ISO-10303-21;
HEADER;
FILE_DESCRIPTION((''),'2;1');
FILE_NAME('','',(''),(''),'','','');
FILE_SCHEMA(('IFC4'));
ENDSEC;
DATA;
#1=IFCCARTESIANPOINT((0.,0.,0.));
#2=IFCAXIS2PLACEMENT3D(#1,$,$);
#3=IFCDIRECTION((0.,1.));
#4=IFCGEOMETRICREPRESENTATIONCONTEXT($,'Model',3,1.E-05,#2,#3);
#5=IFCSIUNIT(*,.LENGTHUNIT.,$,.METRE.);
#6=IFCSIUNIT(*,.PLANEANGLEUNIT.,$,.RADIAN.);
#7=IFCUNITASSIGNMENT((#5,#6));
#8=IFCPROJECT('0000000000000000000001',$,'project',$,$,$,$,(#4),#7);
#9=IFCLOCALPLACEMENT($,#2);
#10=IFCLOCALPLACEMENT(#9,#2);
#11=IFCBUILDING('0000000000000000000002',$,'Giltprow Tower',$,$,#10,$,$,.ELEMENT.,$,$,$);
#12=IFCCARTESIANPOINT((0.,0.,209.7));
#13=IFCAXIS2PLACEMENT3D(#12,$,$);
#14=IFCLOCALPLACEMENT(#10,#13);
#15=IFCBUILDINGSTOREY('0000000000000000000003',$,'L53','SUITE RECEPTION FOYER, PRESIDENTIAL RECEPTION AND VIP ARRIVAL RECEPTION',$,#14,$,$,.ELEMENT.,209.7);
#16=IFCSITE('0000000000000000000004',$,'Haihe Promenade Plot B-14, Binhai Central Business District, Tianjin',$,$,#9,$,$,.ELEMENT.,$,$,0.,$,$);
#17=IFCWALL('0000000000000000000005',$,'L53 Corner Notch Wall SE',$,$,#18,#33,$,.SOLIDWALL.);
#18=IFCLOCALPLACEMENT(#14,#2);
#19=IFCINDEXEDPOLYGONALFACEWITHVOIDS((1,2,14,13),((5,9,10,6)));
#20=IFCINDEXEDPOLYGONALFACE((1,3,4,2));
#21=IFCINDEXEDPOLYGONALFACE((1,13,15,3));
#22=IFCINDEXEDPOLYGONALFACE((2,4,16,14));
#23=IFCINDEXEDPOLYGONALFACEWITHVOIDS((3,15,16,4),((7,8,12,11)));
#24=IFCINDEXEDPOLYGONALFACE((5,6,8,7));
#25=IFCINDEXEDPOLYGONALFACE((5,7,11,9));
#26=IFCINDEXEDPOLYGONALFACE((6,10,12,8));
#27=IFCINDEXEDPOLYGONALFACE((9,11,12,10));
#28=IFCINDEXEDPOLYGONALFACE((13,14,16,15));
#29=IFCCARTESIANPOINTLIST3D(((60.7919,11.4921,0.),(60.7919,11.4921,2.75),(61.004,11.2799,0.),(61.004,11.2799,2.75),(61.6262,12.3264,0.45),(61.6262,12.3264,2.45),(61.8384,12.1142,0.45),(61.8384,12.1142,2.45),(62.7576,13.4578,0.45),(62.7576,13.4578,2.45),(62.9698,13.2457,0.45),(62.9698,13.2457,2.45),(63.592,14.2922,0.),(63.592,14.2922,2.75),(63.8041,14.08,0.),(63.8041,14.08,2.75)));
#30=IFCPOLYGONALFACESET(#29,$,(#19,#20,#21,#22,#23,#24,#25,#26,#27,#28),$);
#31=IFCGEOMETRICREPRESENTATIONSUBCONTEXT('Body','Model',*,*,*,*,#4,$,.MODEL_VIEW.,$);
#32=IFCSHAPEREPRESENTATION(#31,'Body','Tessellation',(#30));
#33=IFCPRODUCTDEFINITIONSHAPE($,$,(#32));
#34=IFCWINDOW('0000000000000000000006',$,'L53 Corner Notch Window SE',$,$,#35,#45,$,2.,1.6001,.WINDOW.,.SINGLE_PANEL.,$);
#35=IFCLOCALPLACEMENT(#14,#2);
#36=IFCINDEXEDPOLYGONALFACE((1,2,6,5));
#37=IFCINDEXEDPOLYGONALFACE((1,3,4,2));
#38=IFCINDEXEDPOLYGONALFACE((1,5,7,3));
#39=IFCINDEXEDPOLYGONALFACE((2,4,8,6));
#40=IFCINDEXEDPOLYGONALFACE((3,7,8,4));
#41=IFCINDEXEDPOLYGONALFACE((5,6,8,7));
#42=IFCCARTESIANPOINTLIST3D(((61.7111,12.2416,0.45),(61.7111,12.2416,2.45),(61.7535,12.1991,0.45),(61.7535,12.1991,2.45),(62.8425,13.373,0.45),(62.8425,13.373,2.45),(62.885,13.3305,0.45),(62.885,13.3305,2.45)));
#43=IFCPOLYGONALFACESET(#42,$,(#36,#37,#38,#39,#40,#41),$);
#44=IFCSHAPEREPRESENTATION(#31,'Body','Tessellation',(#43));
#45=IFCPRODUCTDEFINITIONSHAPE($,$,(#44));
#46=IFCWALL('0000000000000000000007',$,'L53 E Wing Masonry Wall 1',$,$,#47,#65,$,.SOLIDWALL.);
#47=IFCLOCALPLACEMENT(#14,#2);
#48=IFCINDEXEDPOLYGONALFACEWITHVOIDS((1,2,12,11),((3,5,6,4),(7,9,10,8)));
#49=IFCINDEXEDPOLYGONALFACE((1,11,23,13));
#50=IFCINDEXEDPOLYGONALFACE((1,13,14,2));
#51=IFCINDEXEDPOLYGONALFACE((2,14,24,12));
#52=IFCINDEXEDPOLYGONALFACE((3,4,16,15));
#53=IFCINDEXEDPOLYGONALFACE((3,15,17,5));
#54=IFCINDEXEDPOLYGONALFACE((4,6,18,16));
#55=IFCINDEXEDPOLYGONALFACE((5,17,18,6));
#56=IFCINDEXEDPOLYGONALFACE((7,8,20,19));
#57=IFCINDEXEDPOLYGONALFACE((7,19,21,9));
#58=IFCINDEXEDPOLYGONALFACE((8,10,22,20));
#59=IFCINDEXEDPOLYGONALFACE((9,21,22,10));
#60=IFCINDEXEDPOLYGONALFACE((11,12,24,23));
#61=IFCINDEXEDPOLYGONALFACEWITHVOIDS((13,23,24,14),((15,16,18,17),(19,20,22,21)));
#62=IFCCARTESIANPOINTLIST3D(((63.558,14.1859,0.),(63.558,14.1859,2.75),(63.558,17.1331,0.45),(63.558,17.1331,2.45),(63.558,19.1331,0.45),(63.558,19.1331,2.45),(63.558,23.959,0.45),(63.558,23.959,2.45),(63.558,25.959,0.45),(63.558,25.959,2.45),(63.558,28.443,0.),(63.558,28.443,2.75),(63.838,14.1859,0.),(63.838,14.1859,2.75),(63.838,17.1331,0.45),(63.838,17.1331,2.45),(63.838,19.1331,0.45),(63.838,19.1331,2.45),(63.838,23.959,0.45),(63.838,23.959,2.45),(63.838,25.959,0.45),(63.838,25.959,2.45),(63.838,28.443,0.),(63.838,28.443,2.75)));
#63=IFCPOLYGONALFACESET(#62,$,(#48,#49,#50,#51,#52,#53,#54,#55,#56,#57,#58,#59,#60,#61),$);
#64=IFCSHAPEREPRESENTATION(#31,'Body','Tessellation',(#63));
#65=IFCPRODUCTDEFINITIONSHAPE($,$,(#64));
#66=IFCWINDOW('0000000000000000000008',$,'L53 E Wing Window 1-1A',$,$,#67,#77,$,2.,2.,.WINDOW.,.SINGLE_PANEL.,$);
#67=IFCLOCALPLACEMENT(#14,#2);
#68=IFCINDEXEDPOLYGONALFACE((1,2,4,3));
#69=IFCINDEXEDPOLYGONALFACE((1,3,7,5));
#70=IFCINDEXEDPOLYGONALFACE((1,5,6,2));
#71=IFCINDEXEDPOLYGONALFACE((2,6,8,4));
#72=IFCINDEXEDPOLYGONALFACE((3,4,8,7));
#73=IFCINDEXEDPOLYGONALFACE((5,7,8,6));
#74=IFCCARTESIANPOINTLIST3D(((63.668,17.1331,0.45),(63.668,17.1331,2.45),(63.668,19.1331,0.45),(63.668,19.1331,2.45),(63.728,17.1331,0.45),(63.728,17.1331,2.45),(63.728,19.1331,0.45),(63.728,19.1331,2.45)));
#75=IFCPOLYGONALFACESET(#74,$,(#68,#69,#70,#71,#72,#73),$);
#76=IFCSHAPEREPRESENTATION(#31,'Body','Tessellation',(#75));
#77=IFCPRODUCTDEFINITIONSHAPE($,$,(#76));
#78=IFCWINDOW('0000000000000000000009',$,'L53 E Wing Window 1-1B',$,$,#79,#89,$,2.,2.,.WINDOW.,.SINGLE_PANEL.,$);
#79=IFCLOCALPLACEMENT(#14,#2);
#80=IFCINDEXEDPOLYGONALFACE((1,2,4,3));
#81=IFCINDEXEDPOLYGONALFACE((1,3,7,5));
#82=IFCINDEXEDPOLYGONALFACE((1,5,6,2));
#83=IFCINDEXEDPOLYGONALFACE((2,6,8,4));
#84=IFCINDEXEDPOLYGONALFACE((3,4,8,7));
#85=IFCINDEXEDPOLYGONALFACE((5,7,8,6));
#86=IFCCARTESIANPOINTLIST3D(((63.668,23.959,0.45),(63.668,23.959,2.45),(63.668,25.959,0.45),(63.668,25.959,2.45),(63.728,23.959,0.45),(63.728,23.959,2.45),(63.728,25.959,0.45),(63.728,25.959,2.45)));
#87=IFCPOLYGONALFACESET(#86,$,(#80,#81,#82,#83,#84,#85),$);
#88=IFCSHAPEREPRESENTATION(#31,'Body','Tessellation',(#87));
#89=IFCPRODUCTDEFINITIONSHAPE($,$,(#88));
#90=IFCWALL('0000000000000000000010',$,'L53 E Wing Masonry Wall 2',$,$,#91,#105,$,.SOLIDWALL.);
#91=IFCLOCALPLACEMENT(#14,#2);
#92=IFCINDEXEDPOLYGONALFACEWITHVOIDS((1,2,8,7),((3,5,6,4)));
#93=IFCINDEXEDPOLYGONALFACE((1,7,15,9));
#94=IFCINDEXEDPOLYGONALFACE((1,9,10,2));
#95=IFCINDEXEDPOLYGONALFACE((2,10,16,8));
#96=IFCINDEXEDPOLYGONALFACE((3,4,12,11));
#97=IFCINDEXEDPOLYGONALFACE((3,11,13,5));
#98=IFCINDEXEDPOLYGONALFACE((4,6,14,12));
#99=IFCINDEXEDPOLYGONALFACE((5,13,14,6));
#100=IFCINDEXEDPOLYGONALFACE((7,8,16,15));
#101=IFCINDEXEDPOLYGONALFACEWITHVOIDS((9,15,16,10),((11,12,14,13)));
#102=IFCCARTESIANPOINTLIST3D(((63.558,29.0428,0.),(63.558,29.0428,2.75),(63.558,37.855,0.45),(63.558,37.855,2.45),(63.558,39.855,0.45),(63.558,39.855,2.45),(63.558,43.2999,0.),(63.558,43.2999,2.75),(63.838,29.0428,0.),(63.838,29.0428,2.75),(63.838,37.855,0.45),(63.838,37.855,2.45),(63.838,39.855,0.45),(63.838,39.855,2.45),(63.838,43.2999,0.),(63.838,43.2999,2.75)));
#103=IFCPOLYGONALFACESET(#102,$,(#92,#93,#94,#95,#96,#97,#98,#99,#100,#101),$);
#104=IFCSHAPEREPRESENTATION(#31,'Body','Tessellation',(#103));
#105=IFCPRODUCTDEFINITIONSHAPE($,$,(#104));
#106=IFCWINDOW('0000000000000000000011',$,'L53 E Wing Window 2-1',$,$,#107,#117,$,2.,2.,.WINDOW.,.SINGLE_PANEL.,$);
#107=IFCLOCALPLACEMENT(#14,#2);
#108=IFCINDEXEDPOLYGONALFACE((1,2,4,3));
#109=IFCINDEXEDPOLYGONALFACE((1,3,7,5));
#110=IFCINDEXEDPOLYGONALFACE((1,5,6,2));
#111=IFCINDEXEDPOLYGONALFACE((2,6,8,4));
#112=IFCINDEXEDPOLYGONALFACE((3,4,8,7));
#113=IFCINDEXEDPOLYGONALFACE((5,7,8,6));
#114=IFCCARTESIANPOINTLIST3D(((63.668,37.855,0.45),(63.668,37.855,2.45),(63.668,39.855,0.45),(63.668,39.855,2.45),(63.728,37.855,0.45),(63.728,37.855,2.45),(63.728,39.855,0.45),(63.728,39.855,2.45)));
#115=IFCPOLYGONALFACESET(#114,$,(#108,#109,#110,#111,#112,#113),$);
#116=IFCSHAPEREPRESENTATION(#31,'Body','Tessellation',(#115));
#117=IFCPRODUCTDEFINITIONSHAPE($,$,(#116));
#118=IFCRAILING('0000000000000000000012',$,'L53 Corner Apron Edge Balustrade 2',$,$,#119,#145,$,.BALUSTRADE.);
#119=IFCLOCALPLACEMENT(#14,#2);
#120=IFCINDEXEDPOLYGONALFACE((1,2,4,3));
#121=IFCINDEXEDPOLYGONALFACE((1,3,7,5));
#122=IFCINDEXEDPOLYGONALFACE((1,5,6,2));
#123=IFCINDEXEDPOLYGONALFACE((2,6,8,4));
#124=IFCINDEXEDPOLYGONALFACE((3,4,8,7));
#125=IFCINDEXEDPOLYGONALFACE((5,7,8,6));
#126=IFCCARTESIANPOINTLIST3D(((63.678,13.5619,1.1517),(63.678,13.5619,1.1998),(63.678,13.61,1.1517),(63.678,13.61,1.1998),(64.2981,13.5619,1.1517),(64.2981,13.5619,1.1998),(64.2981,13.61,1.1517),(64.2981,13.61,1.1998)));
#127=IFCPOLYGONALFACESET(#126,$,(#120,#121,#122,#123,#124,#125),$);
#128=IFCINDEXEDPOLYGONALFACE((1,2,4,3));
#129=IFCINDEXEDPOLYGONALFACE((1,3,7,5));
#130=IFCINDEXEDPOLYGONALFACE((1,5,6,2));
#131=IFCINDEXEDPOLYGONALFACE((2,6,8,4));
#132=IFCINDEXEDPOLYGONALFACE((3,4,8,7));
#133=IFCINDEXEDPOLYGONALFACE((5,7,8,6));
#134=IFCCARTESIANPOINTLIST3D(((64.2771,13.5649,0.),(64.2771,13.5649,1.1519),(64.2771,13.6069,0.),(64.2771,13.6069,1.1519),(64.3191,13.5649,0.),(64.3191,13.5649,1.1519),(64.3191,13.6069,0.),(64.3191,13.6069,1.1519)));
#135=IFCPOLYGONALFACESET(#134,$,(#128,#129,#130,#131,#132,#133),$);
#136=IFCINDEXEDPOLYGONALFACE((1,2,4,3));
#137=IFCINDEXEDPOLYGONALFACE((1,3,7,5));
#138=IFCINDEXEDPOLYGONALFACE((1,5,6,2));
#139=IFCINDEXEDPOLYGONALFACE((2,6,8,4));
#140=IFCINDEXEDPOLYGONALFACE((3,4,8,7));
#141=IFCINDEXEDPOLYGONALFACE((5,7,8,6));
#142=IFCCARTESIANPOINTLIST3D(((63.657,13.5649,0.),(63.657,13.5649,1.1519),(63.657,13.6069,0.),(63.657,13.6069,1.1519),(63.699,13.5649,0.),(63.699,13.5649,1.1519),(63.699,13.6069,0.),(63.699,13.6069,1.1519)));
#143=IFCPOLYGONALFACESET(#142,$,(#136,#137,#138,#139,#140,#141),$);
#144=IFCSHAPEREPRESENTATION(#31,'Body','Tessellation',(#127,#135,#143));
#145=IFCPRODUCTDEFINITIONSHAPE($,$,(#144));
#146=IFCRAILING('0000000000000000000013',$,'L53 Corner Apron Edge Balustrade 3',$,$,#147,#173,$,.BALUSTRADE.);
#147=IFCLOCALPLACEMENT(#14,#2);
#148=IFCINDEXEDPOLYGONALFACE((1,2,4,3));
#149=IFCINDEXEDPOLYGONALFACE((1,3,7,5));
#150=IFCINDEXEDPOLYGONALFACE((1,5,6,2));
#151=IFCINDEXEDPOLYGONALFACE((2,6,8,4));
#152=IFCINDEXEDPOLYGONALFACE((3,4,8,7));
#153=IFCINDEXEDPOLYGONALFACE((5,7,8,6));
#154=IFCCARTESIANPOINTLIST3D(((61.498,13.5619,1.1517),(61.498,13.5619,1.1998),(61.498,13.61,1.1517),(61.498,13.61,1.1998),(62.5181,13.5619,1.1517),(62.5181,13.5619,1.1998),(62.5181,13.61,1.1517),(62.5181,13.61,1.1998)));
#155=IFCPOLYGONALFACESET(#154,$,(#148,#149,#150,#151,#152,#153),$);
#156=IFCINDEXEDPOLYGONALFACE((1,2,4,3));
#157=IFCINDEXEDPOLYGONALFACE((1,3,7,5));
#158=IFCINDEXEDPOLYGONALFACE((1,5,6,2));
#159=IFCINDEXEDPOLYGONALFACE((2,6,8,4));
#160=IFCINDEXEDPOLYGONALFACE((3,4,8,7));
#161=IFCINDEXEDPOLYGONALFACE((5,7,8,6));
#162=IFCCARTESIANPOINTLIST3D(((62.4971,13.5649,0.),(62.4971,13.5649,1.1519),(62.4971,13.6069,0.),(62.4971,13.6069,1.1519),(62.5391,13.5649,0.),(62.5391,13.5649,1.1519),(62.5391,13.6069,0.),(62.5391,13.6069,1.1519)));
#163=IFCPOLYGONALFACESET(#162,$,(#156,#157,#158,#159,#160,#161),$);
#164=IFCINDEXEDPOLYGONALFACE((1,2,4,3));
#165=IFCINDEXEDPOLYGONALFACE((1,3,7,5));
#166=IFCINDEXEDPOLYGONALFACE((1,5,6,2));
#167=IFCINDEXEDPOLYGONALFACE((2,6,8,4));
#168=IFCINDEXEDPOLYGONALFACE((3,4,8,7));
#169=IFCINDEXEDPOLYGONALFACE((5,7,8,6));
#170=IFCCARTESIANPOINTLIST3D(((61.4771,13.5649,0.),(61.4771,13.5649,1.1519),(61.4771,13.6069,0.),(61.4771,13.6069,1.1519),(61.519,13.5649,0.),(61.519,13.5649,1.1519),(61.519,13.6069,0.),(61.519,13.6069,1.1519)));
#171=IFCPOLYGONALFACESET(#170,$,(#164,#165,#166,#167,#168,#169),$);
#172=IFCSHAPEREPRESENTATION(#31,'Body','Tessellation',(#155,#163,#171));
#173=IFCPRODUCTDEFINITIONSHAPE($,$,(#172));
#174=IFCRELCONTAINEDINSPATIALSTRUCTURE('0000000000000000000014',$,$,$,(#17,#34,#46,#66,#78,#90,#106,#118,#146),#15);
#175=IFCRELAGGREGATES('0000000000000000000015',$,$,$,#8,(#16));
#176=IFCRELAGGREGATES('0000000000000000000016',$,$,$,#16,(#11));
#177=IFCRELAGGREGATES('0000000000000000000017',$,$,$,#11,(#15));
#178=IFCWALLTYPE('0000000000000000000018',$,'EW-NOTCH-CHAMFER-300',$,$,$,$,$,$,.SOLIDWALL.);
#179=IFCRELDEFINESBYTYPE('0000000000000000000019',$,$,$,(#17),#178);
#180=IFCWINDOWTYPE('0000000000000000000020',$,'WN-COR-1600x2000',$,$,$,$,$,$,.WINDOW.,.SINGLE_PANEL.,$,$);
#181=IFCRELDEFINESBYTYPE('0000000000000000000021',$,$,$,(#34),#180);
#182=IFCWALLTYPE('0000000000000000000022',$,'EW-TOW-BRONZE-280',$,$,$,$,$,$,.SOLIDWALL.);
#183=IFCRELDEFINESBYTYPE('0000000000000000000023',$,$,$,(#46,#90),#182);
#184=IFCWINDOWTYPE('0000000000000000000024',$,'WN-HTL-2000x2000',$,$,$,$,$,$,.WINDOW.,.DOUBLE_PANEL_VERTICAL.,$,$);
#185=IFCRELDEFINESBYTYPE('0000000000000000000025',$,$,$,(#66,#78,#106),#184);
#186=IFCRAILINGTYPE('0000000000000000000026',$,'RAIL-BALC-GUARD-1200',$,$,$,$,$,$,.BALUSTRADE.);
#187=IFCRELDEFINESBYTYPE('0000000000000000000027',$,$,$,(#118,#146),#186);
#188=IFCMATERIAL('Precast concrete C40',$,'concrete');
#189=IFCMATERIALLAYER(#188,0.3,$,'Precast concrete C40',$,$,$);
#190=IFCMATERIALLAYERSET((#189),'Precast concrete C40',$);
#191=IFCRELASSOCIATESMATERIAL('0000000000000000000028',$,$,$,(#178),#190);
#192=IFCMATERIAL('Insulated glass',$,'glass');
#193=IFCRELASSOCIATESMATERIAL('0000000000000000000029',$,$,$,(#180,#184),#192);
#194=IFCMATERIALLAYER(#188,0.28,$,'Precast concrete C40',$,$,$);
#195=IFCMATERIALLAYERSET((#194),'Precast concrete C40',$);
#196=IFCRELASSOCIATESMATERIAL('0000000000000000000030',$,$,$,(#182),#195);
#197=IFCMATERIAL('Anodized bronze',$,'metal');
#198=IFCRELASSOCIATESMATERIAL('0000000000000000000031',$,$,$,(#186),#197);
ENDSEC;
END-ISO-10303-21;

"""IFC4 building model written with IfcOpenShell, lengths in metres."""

from ifc_helpers import new_model, si_unit, direction, frame, frame_2d, origin, origin_2d, place, context, subcontext, project, spatial, rectangle, extrude, source, transform, mapped, material, layer, layer_set, type_object, element, fill, save


model = new_model("IFC4")

# Units and contexts
model_context = context("Model", 3, precision=1e-05, world=origin(), true_north=direction((0.0, 1.0)))
body_context = subcontext(model_context, "Body", "Model", "MODEL_VIEW")
ifc_project = project(units=[si_unit("LENGTHUNIT", "METRE"), si_unit("PLANEANGLEUNIT", "RADIAN")], contexts=[model_context])

# Site, building, storey
site_placement = place(None, origin())
site = spatial("IfcSite", under=ifc_project, at=site_placement, Name="Haihe Promenade Plot B-14, Binhai Central Business District, Tianjin", CompositionType="ELEMENT", RefElevation=0.0)
building_placement = place(site_placement, origin())
building = spatial("IfcBuilding", under=site, at=building_placement, Name="Giltprow Tower", CompositionType="ELEMENT")
storey_placement = place(building_placement, frame((0.0, 0.0, 209.7)))
storey = spatial("IfcBuildingStorey", under=building, at=storey_placement, Name="L53", Description="SUITE RECEPTION FOYER, PRESIDENTIAL RECEPTION AND VIP ARRIVAL RECEPTION", CompositionType="ELEMENT", Elevation=209.7)

# Shared definitions
ifc_material_1 = material(Name="Anodized bronze", Category="metal")

# Shared definitions
ifc_material_2 = material(Name="Insulated glass", Category="glass")

# Wall, opening, window
ifc_material_3 = material(Name="Precast concrete C40", Category="concrete")
ifc_layer_1 = layer(ifc_material_3, 0.3, Name="Precast concrete C40")
ifc_layer_set_1 = layer_set([ifc_layer_1], Name="Precast concrete C40")
wall_type_1 = type_object("IfcWallType", Name="EW-NOTCH-CHAMFER-300", PredefinedType="SOLIDWALL", material=ifc_layer_set_1)
wall_1_placement = place(storey_placement, frame((60.8979, 11.386, 0.0), z_axis=(0.0, 0.0, 1.0), x_axis=(0.707107, 0.707107, 0.0)))
wall_1 = element("IfcWall", 1, at=wall_1_placement, inside=storey, type_object=wall_type_1, Name="L53 Corner Notch Wall SE", PredefinedType="SOLIDWALL", context=body_context, shape_type="SweptSolid", body=[
    extrude(rectangle(XDim=3.96, YDim=0.3, at=frame_2d((1.98, 0.0))), origin(), (0.0, 0.0, 1.0), 2.75),
])
opening_1_placement = place(wall_1_placement, frame((1.1799, 0.0, 0.45)))
opening_1 = element("IfcOpeningElement", 2, at=opening_1_placement, cuts=wall_1, PredefinedType="OPENING", context=body_context, shape_type="SweptSolid", body=[
    extrude(rectangle(XDim=1.6001, YDim=2.0, at=frame_2d((0.8, 1.0))), frame((0.0, 0.1599, 0.0), z_axis=(0.0, -1.0, 0.0), x_axis=(1.0, 0.0, 0.0)), (0.0, 0.0, 1.0), 0.3201),
])
window_type_1 = type_object("IfcWindowType", Name="WN-COR-1600x2000", PartitioningType="SINGLE_PANEL", PredefinedType="WINDOW", material=ifc_material_2)
shared_shape_1 = source(origin(), body_context, "Body", "SweptSolid", [
    extrude(rectangle(XDim=1.6001, YDim=2.0, at=frame_2d((0.8, 1.0))), frame((0.0, 0.03, 0.0), z_axis=(0.0, -1.0, 0.0), x_axis=(1.0, 0.0, 0.0)), (0.0, 0.0, 1.0), 0.0601),
])
window_1_placement = place(opening_1_placement, origin())
window_1 = element("IfcWindow", 3, at=window_1_placement, inside=storey, type_object=window_type_1, Name="L53 Corner Notch Window SE", OverallHeight=2.0, OverallWidth=1.6001, PartitioningType="SINGLE_PANEL", PredefinedType="WINDOW", context=body_context, shape_type="MappedRepresentation", body=[
    mapped(shared_shape_1, transform((0.0, 0.0, 0.0), x_axis=(1.0, 0.0, 0.0), y_axis=(0.0, 1.0, 0.0), z_axis=(0.0, 0.0, 1.0), scale=1.0)),
])
fill(opening_1, window_1)

# Wall, openings, windows
ifc_layer_2 = layer(ifc_material_3, 0.28, Name="Precast concrete C40")
ifc_layer_set_2 = layer_set([ifc_layer_2], Name="Precast concrete C40")
wall_type_2 = type_object("IfcWallType", Name="EW-TOW-BRONZE-280", PredefinedType="SOLIDWALL", material=ifc_layer_set_2)
wall_2_placement = place(storey_placement, frame((63.698, 14.186, 0.0), z_axis=(0.0, 0.0, 1.0), x_axis=(0.0, 1.0, 0.0)))
wall_2 = element("IfcWall", 4, at=wall_2_placement, inside=storey, type_object=wall_type_2, Name="L53 E Wing Masonry Wall 1", PredefinedType="SOLIDWALL", context=body_context, shape_type="SweptSolid", body=[
    extrude(rectangle(XDim=14.2571, YDim=0.28, at=frame_2d((7.1284, 0.0))), origin(), (0.0, 0.0, 1.0), 2.75),
])
opening_2_placement = place(wall_2_placement, frame((2.947, 0.0, 0.45)))
opening_2 = element("IfcOpeningElement", 5, at=opening_2_placement, cuts=wall_2, PredefinedType="OPENING", context=body_context, shape_type="SweptSolid", body=[
    extrude(rectangle(XDim=2.0, YDim=2.0, at=frame_2d((1.0, 1.0))), frame((0.0, 0.1499, 0.0), z_axis=(0.0, -1.0, 0.0), x_axis=(1.0, 0.0, 0.0)), (0.0, 0.0, 1.0), 0.3),
])
opening_3_placement = place(wall_2_placement, frame((9.7729, 0.0, 0.45)))
opening_3 = element("IfcOpeningElement", 6, at=opening_3_placement, cuts=wall_2, PredefinedType="OPENING", context=body_context, shape_type="SweptSolid", body=[
    extrude(rectangle(XDim=2.0, YDim=2.0, at=frame_2d((1.0, 1.0))), frame((0.0, 0.1499, 0.0), z_axis=(0.0, -1.0, 0.0), x_axis=(1.0, 0.0, 0.0)), (0.0, 0.0, 1.0), 0.3),
])
window_type_2 = type_object("IfcWindowType", Name="WN-HTL-2000x2000", PartitioningType="DOUBLE_PANEL_VERTICAL", PredefinedType="WINDOW", material=ifc_material_2)
shared_shape_2 = source(origin(), body_context, "Body", "SweptSolid", [
    extrude(rectangle(XDim=2.0, YDim=2.0, at=frame_2d((1.0, 1.0))), frame((0.0, 0.03, 0.0), z_axis=(0.0, -1.0, 0.0), x_axis=(1.0, 0.0, 0.0)), (0.0, 0.0, 1.0), 0.0601),
])
window_2_placement = place(opening_2_placement, origin())
window_2 = element("IfcWindow", 7, at=window_2_placement, inside=storey, type_object=window_type_2, Name="L53 E Wing Window 1-1A", OverallHeight=2.0, OverallWidth=2.0, PartitioningType="SINGLE_PANEL", PredefinedType="WINDOW", context=body_context, shape_type="MappedRepresentation", body=[
    mapped(shared_shape_2, transform((0.0, 0.0, 0.0), x_axis=(1.0, 0.0, 0.0), y_axis=(0.0, 1.0, 0.0), z_axis=(0.0, 0.0, 1.0), scale=1.0)),
])
fill(opening_2, window_2)
window_3_placement = place(opening_3_placement, origin())
window_3 = element("IfcWindow", 8, at=window_3_placement, inside=storey, type_object=window_type_2, Name="L53 E Wing Window 1-1B", OverallHeight=2.0, OverallWidth=2.0, PartitioningType="SINGLE_PANEL", PredefinedType="WINDOW", context=body_context, shape_type="MappedRepresentation", body=[
    mapped(shared_shape_2, transform((0.0, 0.0, 0.0), x_axis=(1.0, 0.0, 0.0), y_axis=(0.0, 1.0, 0.0), z_axis=(0.0, 0.0, 1.0), scale=1.0)),
])
fill(opening_3, window_3)

# Wall, opening, window
wall_3_placement = place(storey_placement, frame((63.698, 29.043, 0.0), z_axis=(0.0, 0.0, 1.0), x_axis=(0.0, 1.0, 0.0)))
wall_3 = element("IfcWall", 9, at=wall_3_placement, inside=storey, type_object=wall_type_2, Name="L53 E Wing Masonry Wall 2", PredefinedType="SOLIDWALL", context=body_context, shape_type="SweptSolid", body=[
    extrude(rectangle(XDim=14.2571, YDim=0.28, at=frame_2d((7.1284, 0.0))), origin(), (0.0, 0.0, 1.0), 2.75),
])
opening_4_placement = place(wall_3_placement, frame((8.812, 0.0, 0.45)))
opening_4 = element("IfcOpeningElement", 10, at=opening_4_placement, cuts=wall_3, PredefinedType="OPENING", context=body_context, shape_type="SweptSolid", body=[
    extrude(rectangle(XDim=2.0, YDim=2.0, at=frame_2d((1.0, 1.0))), frame((0.0, 0.1499, 0.0), z_axis=(0.0, -1.0, 0.0), x_axis=(1.0, 0.0, 0.0)), (0.0, 0.0, 1.0), 0.3),
])
window_4_placement = place(opening_4_placement, origin())
window_4 = element("IfcWindow", 11, at=window_4_placement, inside=storey, type_object=window_type_2, Name="L53 E Wing Window 2-1", OverallHeight=2.0, OverallWidth=2.0, PartitioningType="SINGLE_PANEL", PredefinedType="WINDOW", context=body_context, shape_type="MappedRepresentation", body=[
    mapped(shared_shape_2, transform((0.0, 0.0, 0.0), x_axis=(1.0, 0.0, 0.0), y_axis=(0.0, 1.0, 0.0), z_axis=(0.0, 0.0, 1.0), scale=1.0)),
])
fill(opening_4, window_4)

# Railings
railing_type = type_object("IfcRailingType", Name="RAIL-BALC-GUARD-1200", PredefinedType="BALUSTRADE", material=ifc_material_1)
railing_1_placement = place(storey_placement, frame((64.2981, 13.5859, 0.0)))
element("IfcRailing", 12, at=railing_1_placement, inside=storey, type_object=railing_type, Name="L53 Corner Apron Edge Balustrade 2", PredefinedType="BALUSTRADE", context=body_context, shape_type="SweptSolid", body=[
    extrude(rectangle(XDim=0.0481, YDim=0.0481, at=origin_2d()), frame((0.0, 0.0, 1.1758), z_axis=(-1.0, 0.0, 0.0), x_axis=(0.0, -1.0, 0.0)), (0.0, 0.0, 1.0), 0.6201),
    extrude(rectangle(XDim=0.042, YDim=0.042, at=origin_2d()), origin(), (0.0, 0.0, 1.0), 1.1519),
    extrude(rectangle(XDim=0.042, YDim=0.042, at=origin_2d()), frame((-0.6201, 0.0, 0.0)), (0.0, 0.0, 1.0), 1.1519),
])
railing_2_placement = place(storey_placement, frame((62.5181, 13.5859, 0.0)))
element("IfcRailing", 13, at=railing_2_placement, inside=storey, type_object=railing_type, Name="L53 Corner Apron Edge Balustrade 3", PredefinedType="BALUSTRADE", context=body_context, shape_type="SweptSolid", body=[
    extrude(rectangle(XDim=0.0481, YDim=0.0481, at=origin_2d()), frame((0.0, 0.0, 1.1758), z_axis=(-1.0, 0.0, 0.0), x_axis=(0.0, -1.0, 0.0)), (0.0, 0.0, 1.0), 1.02),
    extrude(rectangle(XDim=0.042, YDim=0.042, at=origin_2d()), origin(), (0.0, 0.0, 1.0), 1.1519),
    extrude(rectangle(XDim=0.042, YDim=0.042, at=origin_2d()), frame((-1.02, 0.0, 0.0)), (0.0, 0.0, 1.0), 1.1519),
])

save(model, "model.ifc")
